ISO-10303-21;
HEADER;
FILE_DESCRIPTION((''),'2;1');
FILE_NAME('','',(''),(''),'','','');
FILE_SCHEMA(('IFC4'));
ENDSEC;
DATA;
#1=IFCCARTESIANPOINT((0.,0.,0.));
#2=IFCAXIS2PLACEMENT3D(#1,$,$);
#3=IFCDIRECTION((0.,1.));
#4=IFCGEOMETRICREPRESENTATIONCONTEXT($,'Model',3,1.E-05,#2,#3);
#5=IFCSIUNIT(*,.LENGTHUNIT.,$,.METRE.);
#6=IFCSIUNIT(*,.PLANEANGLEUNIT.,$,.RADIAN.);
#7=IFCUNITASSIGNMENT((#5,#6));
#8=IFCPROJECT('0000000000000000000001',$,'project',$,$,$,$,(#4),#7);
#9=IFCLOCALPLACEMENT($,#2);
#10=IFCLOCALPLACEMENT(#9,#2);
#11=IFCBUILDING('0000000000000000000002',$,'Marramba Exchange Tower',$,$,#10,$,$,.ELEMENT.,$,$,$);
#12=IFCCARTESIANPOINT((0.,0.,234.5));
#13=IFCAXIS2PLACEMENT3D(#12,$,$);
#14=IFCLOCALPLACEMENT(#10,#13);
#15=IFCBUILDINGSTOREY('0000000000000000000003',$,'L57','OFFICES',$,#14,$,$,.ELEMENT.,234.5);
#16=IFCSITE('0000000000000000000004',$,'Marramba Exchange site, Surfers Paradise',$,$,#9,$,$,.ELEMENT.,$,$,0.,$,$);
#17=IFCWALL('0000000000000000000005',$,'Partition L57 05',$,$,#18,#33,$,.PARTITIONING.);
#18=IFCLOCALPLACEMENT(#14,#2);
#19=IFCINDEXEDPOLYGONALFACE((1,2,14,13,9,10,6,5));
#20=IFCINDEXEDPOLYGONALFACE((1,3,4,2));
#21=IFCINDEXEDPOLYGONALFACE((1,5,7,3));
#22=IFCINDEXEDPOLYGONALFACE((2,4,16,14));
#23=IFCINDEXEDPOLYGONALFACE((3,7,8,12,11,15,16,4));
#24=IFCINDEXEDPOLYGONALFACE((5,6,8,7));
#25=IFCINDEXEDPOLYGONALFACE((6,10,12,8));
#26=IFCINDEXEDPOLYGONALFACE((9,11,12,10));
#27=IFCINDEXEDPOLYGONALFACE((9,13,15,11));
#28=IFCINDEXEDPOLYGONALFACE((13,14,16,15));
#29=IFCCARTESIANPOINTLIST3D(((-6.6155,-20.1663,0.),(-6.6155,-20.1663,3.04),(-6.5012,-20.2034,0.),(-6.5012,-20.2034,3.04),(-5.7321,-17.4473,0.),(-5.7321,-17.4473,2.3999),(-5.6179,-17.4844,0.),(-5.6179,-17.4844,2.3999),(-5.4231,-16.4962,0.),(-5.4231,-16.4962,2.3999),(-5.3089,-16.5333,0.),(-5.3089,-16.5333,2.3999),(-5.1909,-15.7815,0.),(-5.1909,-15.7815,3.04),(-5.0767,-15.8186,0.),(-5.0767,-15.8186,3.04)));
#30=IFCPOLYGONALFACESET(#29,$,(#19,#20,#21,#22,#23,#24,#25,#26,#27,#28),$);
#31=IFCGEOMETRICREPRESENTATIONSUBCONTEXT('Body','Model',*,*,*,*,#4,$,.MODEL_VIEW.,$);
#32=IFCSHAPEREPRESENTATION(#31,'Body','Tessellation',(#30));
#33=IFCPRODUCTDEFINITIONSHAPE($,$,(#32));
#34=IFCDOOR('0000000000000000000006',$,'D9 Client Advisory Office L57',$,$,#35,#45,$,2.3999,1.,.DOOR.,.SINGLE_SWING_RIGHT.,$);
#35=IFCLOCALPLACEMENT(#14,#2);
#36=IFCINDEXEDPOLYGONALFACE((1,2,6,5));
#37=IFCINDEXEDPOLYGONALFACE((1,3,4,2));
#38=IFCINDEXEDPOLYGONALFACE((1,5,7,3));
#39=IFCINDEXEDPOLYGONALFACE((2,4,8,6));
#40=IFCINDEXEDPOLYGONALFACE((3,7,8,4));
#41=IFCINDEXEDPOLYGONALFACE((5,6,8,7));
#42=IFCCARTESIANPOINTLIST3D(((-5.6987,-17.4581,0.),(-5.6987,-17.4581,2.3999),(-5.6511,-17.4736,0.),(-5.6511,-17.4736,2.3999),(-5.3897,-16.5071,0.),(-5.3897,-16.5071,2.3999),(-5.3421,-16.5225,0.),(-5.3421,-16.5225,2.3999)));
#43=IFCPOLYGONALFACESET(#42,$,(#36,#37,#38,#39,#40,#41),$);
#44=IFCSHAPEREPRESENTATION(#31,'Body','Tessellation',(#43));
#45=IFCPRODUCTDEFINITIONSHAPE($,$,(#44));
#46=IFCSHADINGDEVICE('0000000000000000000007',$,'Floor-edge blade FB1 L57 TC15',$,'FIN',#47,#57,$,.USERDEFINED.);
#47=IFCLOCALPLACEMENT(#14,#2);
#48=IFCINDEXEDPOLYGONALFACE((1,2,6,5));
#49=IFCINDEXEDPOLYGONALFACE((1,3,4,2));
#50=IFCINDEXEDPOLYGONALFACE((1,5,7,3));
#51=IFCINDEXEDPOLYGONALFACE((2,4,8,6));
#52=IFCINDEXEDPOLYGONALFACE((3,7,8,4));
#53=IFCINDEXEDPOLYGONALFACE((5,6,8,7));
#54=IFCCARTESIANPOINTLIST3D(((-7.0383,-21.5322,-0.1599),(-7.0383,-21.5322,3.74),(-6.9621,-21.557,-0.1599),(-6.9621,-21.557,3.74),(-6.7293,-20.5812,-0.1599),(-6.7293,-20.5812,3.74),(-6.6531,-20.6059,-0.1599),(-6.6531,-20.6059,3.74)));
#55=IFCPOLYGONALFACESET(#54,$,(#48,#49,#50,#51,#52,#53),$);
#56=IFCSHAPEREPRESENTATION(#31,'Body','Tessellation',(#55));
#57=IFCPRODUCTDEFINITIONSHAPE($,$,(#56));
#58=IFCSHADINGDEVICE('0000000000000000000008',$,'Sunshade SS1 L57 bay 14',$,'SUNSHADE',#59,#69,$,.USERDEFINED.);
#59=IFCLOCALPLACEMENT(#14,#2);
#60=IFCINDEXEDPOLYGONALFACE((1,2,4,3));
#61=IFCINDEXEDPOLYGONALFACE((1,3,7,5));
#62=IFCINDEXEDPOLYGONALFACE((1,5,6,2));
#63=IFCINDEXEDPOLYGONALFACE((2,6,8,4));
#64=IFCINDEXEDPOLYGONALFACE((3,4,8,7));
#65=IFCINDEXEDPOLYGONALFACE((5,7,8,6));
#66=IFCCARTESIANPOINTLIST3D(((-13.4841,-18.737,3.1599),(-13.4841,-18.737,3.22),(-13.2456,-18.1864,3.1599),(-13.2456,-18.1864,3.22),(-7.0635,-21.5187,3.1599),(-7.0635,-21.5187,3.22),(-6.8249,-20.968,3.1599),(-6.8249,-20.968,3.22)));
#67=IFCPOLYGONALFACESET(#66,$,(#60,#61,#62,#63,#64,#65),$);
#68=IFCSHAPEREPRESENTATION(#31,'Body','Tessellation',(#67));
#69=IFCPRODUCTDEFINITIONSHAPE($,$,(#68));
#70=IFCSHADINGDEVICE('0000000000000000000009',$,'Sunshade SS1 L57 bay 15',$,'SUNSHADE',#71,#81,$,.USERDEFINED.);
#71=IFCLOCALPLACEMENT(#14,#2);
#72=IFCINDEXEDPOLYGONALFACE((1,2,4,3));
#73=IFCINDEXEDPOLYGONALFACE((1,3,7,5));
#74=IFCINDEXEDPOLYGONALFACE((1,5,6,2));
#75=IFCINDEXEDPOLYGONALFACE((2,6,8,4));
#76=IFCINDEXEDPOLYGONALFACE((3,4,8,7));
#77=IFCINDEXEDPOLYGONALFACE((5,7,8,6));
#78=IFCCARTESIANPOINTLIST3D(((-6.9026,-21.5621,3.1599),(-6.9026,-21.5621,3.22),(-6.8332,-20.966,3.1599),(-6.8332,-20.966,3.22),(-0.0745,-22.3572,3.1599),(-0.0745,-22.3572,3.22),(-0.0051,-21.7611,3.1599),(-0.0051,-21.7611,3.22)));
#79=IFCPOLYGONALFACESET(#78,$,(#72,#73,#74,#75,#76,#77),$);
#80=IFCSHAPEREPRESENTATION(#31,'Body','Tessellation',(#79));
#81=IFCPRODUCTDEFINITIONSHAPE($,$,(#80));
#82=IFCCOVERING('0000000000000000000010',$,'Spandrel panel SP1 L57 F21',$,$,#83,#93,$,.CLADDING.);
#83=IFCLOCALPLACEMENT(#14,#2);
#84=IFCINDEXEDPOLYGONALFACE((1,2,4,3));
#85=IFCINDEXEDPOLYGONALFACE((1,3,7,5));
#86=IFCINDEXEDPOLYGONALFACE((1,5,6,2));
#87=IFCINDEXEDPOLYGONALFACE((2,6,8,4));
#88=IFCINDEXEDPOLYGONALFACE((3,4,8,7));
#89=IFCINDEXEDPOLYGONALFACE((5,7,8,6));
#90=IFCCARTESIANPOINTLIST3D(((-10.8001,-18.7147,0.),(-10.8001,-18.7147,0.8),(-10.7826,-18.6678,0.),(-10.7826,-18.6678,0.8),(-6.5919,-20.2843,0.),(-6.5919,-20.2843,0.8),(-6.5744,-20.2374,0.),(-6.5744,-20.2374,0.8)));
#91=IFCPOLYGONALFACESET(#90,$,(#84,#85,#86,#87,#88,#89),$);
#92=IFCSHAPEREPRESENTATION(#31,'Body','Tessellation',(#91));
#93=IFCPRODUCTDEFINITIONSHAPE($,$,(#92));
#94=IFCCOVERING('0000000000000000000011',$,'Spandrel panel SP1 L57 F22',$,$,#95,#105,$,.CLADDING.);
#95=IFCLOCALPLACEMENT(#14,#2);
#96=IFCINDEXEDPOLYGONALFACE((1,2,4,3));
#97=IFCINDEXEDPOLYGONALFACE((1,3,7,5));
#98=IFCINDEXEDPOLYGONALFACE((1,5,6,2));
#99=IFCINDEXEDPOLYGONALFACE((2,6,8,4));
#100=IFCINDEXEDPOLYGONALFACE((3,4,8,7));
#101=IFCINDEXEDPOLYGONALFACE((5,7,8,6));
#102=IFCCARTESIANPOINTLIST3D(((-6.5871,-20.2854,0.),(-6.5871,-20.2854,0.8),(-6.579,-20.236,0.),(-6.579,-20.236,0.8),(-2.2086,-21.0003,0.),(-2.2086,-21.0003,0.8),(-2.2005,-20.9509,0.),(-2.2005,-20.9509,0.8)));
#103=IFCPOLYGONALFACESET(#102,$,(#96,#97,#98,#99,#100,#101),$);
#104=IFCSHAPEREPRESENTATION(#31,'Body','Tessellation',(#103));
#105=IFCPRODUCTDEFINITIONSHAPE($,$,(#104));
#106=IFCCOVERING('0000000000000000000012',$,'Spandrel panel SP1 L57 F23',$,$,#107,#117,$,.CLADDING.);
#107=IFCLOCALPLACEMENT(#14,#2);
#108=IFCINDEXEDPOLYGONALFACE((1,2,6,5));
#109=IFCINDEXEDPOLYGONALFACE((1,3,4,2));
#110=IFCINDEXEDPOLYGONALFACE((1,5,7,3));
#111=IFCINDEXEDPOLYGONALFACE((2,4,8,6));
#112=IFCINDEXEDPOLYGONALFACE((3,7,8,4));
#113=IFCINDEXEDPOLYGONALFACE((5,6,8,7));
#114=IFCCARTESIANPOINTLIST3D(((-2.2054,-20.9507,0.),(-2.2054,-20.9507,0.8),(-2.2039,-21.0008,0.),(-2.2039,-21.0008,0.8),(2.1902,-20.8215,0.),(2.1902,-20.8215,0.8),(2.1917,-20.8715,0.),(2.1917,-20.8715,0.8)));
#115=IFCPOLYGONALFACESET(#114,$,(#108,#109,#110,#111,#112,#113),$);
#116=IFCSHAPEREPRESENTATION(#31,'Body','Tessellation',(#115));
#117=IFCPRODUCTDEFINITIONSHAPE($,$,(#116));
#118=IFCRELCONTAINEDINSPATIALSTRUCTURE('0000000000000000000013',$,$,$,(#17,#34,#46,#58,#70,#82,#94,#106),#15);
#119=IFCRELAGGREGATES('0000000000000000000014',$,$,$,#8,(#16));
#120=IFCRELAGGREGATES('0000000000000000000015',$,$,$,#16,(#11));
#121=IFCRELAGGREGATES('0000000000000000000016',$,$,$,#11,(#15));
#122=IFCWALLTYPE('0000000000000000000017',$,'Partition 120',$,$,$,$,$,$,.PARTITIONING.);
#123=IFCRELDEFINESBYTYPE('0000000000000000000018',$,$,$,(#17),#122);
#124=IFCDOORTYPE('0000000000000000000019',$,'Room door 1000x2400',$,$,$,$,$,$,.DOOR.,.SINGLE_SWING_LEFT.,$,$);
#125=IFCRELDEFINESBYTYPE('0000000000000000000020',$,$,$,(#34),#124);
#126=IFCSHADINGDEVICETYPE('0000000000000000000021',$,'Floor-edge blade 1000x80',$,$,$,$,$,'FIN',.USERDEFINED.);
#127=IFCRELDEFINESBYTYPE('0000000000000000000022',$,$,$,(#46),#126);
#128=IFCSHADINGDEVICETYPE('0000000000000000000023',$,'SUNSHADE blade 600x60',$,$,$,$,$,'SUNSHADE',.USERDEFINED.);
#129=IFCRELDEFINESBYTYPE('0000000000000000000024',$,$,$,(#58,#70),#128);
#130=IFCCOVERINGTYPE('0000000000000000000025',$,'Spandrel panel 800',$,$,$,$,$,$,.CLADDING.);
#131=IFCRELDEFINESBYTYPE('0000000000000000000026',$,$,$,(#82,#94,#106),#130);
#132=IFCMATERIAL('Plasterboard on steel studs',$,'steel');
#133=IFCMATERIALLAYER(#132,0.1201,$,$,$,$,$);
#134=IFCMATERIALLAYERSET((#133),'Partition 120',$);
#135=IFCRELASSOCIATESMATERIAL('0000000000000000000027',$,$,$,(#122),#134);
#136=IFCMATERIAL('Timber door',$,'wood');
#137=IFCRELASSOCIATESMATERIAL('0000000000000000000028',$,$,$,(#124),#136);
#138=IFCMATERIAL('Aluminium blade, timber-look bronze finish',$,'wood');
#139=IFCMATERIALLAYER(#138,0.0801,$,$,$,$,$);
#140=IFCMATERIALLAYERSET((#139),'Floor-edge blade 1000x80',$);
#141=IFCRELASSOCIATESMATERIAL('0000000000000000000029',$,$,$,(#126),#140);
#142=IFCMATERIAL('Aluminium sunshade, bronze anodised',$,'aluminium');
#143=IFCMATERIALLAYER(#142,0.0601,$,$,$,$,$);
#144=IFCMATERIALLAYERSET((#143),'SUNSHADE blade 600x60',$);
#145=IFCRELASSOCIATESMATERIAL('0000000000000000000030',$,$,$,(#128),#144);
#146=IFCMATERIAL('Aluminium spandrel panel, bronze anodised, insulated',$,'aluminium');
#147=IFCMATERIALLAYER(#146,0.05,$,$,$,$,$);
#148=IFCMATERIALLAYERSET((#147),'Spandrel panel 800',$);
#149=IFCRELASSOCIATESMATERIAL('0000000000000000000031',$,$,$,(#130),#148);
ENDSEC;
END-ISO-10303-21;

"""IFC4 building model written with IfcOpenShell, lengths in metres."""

from ifc_helpers import new_model, si_unit, direction, frame, frame_2d, origin, origin_2d, place, context, subcontext, project, spatial, rectangle, extrude, material, layer, layer_set, type_object, element, fill, save


model = new_model("IFC4")

# Units and contexts
model_context = context("Model", 3, precision=1e-05, world=origin(), true_north=direction((0.0, 1.0)))
body_context = subcontext(model_context, "Body", "Model", "MODEL_VIEW")
ifc_project = project(units=[si_unit("LENGTHUNIT", "METRE"), si_unit("PLANEANGLEUNIT", "RADIAN")], contexts=[model_context])

# Site, building, storey
site_placement = place(None, origin())
site = spatial("IfcSite", under=ifc_project, at=site_placement, Name="Marramba Exchange site, Surfers Paradise", CompositionType="ELEMENT", RefElevation=0.0)
building_placement = place(site_placement, origin())
building = spatial("IfcBuilding", under=site, at=building_placement, Name="Marramba Exchange Tower", CompositionType="ELEMENT")
storey_placement = place(building_placement, frame((0.0, 0.0, 234.5)))
storey = spatial("IfcBuildingStorey", under=building, at=storey_placement, Name="L57", Description="OFFICES", CompositionType="ELEMENT", Elevation=234.5)

# Wall, opening, door
ifc_material_1 = material(Name="Plasterboard on steel studs", Category="steel")
ifc_layer_1 = layer(ifc_material_1, 0.1201)
ifc_layer_set_1 = layer_set([ifc_layer_1], Name="Partition 120")
wall_type = type_object("IfcWallType", Name="Partition 120", PredefinedType="PARTITIONING", material=ifc_layer_set_1)
wall_placement = place(storey_placement, frame((-6.5583, -20.1848, 0.0), z_axis=(0.0, 0.0, 1.0), x_axis=(0.30899, 0.951065, 0.0)))
wall = element("IfcWall", 1, at=wall_placement, inside=storey, type_object=wall_type, Name="Partition L57 05", PredefinedType="PARTITIONING", context=body_context, shape_type="SweptSolid", body=[
    extrude(rectangle(XDim=4.6104, YDim=0.1201, at=frame_2d((2.3052, 0.0))), origin(), (0.0, 0.0, 1.0), 3.04),
])
opening_placement = place(wall_placement, frame((2.8589, 0.0, 0.0)))
opening = element("IfcOpeningElement", 2, at=opening_placement, cuts=wall, PredefinedType="OPENING", context=body_context, shape_type="SweptSolid", body=[
    extrude(rectangle(XDim=1.0, YDim=2.3999, at=frame_2d((0.5, 1.2))), frame((0.0, 0.0701, 0.0), z_axis=(0.0, -1.0, 0.0), x_axis=(1.0, 0.0, 0.0)), (0.0, 0.0, 1.0), 0.1401),
])
ifc_material_2 = material(Name="Timber door", Category="wood")
door_type = type_object("IfcDoorType", Name="Room door 1000x2400", OperationType="SINGLE_SWING_LEFT", PredefinedType="DOOR", material=ifc_material_2)
door_placement = place(opening_placement, origin())
door = element("IfcDoor", 3, at=door_placement, inside=storey, type_object=door_type, Name="D9 Client Advisory Office L57", OperationType="SINGLE_SWING_RIGHT", OverallHeight=2.3999, OverallWidth=1.0, PredefinedType="DOOR", context=body_context, shape_type="SweptSolid", body=[
    extrude(rectangle(XDim=1.0, YDim=2.3999, at=frame_2d((0.5, 1.2))), frame((0.0, 0.0249, 0.0), z_axis=(0.0, -1.0, 0.0), x_axis=(1.0, 0.0, 0.0)), (0.0, 0.0, 1.0), 0.05),
])
fill(opening, door)

# Shading devices
ifc_material_3 = material(Name="Aluminium blade, timber-look bronze finish", Category="wood")
ifc_layer_2 = layer(ifc_material_3, 0.0801)
ifc_layer_set_2 = layer_set([ifc_layer_2], Name="Floor-edge blade 1000x80")
shading_device_type_1 = type_object("IfcShadingDeviceType", Name="Floor-edge blade 1000x80", ElementType="FIN", PredefinedType="USERDEFINED", material=ifc_layer_set_2)
shading_device_1_placement = place(storey_placement, frame((-6.8457, -21.0691, -0.1599), z_axis=(0.0, 0.0, 1.0), x_axis=(-0.309017, -0.951057, 0.0)))
element("IfcShadingDevice", 4, at=shading_device_1_placement, inside=storey, type_object=shading_device_type_1, Name="Floor-edge blade FB1 L57 TC15", ObjectType="FIN", PredefinedType="USERDEFINED", context=body_context, shape_type="SweptSolid", body=[
    extrude(rectangle(XDim=1.0, YDim=0.0801, at=origin_2d()), origin(), (0.0, 0.0, 1.0), 3.8999),
])
ifc_material_4 = material(Name="Aluminium sunshade, bronze anodised", Category="aluminium")
ifc_layer_3 = layer(ifc_material_4, 0.0601)
ifc_layer_set_3 = layer_set([ifc_layer_3], Name="SUNSHADE blade 600x60")
shading_device_type_2 = type_object("IfcShadingDeviceType", Name="SUNSHADE blade 600x60", ElementType="SUNSHADE", PredefinedType="USERDEFINED", material=ifc_layer_set_3)
shading_device_2_placement = place(storey_placement, frame((-10.1545, -19.8525, 3.1599), z_axis=(0.0, 0.0, 1.0), x_axis=(0.917589, -0.39753, 0.0)))
element("IfcShadingDevice", 5, at=shading_device_2_placement, inside=storey, type_object=shading_device_type_2, Name="Sunshade SS1 L57 bay 14", ObjectType="SUNSHADE", PredefinedType="USERDEFINED", context=body_context, shape_type="SweptSolid", body=[
    extrude(rectangle(XDim=6.9973, YDim=0.6001, at=origin_2d()), origin(), (0.0, 0.0, 1.0), 0.0601),
])
shading_device_3_placement = place(storey_placement, frame((-3.4539, -21.6616, 3.1599), z_axis=(0.0, 0.0, 1.0), x_axis=(0.993288, -0.115665, 0.0)))
element("IfcShadingDevice", 6, at=shading_device_3_placement, inside=storey, type_object=shading_device_type_2, Name="Sunshade SS1 L57 bay 15", ObjectType="SUNSHADE", PredefinedType="USERDEFINED", context=body_context, shape_type="SweptSolid", body=[
    extrude(rectangle(XDim=6.8743, YDim=0.6001, at=origin_2d()), origin(), (0.0, 0.0, 1.0), 0.0601),
])

# Coverings
ifc_material_5 = material(Name="Aluminium spandrel panel, bronze anodised, insulated", Category="aluminium")
ifc_layer_4 = layer(ifc_material_5, 0.05)
ifc_layer_set_4 = layer_set([ifc_layer_4], Name="Spandrel panel 800")
covering_type = type_object("IfcCoveringType", Name="Spandrel panel 800", PredefinedType="CLADDING", material=ifc_layer_set_4)
covering_1_placement = place(storey_placement, frame((-8.6873, -19.4761, 0.0), z_axis=(0.0, 0.0, 1.0), x_axis=(0.936952, -0.349459, 0.0)))
element("IfcCovering", 7, at=covering_1_placement, inside=storey, type_object=covering_type, Name="Spandrel panel SP1 L57 F21", PredefinedType="CLADDING", context=body_context, shape_type="SweptSolid", body=[
    extrude(rectangle(XDim=4.4915, YDim=0.05, at=origin_2d()), origin(), (0.0, 0.0, 1.0), 0.8),
])
covering_2_placement = place(storey_placement, frame((-4.3938, -20.6182, 0.0), z_axis=(0.0, 0.0, 1.0), x_axis=(0.986931, -0.161146, 0.0)))
element("IfcCovering", 8, at=covering_2_placement, inside=storey, type_object=covering_type, Name="Spandrel panel SP1 L57 F22", PredefinedType="CLADDING", context=body_context, shape_type="SweptSolid", body=[
    extrude(rectangle(XDim=4.4365, YDim=0.05, at=origin_2d()), origin(), (0.0, 0.0, 1.0), 0.8),
])
covering_3_placement = place(storey_placement, frame((-0.0068, -20.9111, 0.0), z_axis=(0.0, 0.0, 1.0), x_axis=(0.999568, 0.029393, 0.0)))
element("IfcCovering", 9, at=covering_3_placement, inside=storey, type_object=covering_type, Name="Spandrel panel SP1 L57 F23", PredefinedType="CLADDING", context=body_context, shape_type="SweptSolid", body=[
    extrude(rectangle(XDim=4.3975, YDim=0.05, at=origin_2d()), origin(), (0.0, 0.0, 1.0), 0.8),
])

save(model, "model.ifc")
